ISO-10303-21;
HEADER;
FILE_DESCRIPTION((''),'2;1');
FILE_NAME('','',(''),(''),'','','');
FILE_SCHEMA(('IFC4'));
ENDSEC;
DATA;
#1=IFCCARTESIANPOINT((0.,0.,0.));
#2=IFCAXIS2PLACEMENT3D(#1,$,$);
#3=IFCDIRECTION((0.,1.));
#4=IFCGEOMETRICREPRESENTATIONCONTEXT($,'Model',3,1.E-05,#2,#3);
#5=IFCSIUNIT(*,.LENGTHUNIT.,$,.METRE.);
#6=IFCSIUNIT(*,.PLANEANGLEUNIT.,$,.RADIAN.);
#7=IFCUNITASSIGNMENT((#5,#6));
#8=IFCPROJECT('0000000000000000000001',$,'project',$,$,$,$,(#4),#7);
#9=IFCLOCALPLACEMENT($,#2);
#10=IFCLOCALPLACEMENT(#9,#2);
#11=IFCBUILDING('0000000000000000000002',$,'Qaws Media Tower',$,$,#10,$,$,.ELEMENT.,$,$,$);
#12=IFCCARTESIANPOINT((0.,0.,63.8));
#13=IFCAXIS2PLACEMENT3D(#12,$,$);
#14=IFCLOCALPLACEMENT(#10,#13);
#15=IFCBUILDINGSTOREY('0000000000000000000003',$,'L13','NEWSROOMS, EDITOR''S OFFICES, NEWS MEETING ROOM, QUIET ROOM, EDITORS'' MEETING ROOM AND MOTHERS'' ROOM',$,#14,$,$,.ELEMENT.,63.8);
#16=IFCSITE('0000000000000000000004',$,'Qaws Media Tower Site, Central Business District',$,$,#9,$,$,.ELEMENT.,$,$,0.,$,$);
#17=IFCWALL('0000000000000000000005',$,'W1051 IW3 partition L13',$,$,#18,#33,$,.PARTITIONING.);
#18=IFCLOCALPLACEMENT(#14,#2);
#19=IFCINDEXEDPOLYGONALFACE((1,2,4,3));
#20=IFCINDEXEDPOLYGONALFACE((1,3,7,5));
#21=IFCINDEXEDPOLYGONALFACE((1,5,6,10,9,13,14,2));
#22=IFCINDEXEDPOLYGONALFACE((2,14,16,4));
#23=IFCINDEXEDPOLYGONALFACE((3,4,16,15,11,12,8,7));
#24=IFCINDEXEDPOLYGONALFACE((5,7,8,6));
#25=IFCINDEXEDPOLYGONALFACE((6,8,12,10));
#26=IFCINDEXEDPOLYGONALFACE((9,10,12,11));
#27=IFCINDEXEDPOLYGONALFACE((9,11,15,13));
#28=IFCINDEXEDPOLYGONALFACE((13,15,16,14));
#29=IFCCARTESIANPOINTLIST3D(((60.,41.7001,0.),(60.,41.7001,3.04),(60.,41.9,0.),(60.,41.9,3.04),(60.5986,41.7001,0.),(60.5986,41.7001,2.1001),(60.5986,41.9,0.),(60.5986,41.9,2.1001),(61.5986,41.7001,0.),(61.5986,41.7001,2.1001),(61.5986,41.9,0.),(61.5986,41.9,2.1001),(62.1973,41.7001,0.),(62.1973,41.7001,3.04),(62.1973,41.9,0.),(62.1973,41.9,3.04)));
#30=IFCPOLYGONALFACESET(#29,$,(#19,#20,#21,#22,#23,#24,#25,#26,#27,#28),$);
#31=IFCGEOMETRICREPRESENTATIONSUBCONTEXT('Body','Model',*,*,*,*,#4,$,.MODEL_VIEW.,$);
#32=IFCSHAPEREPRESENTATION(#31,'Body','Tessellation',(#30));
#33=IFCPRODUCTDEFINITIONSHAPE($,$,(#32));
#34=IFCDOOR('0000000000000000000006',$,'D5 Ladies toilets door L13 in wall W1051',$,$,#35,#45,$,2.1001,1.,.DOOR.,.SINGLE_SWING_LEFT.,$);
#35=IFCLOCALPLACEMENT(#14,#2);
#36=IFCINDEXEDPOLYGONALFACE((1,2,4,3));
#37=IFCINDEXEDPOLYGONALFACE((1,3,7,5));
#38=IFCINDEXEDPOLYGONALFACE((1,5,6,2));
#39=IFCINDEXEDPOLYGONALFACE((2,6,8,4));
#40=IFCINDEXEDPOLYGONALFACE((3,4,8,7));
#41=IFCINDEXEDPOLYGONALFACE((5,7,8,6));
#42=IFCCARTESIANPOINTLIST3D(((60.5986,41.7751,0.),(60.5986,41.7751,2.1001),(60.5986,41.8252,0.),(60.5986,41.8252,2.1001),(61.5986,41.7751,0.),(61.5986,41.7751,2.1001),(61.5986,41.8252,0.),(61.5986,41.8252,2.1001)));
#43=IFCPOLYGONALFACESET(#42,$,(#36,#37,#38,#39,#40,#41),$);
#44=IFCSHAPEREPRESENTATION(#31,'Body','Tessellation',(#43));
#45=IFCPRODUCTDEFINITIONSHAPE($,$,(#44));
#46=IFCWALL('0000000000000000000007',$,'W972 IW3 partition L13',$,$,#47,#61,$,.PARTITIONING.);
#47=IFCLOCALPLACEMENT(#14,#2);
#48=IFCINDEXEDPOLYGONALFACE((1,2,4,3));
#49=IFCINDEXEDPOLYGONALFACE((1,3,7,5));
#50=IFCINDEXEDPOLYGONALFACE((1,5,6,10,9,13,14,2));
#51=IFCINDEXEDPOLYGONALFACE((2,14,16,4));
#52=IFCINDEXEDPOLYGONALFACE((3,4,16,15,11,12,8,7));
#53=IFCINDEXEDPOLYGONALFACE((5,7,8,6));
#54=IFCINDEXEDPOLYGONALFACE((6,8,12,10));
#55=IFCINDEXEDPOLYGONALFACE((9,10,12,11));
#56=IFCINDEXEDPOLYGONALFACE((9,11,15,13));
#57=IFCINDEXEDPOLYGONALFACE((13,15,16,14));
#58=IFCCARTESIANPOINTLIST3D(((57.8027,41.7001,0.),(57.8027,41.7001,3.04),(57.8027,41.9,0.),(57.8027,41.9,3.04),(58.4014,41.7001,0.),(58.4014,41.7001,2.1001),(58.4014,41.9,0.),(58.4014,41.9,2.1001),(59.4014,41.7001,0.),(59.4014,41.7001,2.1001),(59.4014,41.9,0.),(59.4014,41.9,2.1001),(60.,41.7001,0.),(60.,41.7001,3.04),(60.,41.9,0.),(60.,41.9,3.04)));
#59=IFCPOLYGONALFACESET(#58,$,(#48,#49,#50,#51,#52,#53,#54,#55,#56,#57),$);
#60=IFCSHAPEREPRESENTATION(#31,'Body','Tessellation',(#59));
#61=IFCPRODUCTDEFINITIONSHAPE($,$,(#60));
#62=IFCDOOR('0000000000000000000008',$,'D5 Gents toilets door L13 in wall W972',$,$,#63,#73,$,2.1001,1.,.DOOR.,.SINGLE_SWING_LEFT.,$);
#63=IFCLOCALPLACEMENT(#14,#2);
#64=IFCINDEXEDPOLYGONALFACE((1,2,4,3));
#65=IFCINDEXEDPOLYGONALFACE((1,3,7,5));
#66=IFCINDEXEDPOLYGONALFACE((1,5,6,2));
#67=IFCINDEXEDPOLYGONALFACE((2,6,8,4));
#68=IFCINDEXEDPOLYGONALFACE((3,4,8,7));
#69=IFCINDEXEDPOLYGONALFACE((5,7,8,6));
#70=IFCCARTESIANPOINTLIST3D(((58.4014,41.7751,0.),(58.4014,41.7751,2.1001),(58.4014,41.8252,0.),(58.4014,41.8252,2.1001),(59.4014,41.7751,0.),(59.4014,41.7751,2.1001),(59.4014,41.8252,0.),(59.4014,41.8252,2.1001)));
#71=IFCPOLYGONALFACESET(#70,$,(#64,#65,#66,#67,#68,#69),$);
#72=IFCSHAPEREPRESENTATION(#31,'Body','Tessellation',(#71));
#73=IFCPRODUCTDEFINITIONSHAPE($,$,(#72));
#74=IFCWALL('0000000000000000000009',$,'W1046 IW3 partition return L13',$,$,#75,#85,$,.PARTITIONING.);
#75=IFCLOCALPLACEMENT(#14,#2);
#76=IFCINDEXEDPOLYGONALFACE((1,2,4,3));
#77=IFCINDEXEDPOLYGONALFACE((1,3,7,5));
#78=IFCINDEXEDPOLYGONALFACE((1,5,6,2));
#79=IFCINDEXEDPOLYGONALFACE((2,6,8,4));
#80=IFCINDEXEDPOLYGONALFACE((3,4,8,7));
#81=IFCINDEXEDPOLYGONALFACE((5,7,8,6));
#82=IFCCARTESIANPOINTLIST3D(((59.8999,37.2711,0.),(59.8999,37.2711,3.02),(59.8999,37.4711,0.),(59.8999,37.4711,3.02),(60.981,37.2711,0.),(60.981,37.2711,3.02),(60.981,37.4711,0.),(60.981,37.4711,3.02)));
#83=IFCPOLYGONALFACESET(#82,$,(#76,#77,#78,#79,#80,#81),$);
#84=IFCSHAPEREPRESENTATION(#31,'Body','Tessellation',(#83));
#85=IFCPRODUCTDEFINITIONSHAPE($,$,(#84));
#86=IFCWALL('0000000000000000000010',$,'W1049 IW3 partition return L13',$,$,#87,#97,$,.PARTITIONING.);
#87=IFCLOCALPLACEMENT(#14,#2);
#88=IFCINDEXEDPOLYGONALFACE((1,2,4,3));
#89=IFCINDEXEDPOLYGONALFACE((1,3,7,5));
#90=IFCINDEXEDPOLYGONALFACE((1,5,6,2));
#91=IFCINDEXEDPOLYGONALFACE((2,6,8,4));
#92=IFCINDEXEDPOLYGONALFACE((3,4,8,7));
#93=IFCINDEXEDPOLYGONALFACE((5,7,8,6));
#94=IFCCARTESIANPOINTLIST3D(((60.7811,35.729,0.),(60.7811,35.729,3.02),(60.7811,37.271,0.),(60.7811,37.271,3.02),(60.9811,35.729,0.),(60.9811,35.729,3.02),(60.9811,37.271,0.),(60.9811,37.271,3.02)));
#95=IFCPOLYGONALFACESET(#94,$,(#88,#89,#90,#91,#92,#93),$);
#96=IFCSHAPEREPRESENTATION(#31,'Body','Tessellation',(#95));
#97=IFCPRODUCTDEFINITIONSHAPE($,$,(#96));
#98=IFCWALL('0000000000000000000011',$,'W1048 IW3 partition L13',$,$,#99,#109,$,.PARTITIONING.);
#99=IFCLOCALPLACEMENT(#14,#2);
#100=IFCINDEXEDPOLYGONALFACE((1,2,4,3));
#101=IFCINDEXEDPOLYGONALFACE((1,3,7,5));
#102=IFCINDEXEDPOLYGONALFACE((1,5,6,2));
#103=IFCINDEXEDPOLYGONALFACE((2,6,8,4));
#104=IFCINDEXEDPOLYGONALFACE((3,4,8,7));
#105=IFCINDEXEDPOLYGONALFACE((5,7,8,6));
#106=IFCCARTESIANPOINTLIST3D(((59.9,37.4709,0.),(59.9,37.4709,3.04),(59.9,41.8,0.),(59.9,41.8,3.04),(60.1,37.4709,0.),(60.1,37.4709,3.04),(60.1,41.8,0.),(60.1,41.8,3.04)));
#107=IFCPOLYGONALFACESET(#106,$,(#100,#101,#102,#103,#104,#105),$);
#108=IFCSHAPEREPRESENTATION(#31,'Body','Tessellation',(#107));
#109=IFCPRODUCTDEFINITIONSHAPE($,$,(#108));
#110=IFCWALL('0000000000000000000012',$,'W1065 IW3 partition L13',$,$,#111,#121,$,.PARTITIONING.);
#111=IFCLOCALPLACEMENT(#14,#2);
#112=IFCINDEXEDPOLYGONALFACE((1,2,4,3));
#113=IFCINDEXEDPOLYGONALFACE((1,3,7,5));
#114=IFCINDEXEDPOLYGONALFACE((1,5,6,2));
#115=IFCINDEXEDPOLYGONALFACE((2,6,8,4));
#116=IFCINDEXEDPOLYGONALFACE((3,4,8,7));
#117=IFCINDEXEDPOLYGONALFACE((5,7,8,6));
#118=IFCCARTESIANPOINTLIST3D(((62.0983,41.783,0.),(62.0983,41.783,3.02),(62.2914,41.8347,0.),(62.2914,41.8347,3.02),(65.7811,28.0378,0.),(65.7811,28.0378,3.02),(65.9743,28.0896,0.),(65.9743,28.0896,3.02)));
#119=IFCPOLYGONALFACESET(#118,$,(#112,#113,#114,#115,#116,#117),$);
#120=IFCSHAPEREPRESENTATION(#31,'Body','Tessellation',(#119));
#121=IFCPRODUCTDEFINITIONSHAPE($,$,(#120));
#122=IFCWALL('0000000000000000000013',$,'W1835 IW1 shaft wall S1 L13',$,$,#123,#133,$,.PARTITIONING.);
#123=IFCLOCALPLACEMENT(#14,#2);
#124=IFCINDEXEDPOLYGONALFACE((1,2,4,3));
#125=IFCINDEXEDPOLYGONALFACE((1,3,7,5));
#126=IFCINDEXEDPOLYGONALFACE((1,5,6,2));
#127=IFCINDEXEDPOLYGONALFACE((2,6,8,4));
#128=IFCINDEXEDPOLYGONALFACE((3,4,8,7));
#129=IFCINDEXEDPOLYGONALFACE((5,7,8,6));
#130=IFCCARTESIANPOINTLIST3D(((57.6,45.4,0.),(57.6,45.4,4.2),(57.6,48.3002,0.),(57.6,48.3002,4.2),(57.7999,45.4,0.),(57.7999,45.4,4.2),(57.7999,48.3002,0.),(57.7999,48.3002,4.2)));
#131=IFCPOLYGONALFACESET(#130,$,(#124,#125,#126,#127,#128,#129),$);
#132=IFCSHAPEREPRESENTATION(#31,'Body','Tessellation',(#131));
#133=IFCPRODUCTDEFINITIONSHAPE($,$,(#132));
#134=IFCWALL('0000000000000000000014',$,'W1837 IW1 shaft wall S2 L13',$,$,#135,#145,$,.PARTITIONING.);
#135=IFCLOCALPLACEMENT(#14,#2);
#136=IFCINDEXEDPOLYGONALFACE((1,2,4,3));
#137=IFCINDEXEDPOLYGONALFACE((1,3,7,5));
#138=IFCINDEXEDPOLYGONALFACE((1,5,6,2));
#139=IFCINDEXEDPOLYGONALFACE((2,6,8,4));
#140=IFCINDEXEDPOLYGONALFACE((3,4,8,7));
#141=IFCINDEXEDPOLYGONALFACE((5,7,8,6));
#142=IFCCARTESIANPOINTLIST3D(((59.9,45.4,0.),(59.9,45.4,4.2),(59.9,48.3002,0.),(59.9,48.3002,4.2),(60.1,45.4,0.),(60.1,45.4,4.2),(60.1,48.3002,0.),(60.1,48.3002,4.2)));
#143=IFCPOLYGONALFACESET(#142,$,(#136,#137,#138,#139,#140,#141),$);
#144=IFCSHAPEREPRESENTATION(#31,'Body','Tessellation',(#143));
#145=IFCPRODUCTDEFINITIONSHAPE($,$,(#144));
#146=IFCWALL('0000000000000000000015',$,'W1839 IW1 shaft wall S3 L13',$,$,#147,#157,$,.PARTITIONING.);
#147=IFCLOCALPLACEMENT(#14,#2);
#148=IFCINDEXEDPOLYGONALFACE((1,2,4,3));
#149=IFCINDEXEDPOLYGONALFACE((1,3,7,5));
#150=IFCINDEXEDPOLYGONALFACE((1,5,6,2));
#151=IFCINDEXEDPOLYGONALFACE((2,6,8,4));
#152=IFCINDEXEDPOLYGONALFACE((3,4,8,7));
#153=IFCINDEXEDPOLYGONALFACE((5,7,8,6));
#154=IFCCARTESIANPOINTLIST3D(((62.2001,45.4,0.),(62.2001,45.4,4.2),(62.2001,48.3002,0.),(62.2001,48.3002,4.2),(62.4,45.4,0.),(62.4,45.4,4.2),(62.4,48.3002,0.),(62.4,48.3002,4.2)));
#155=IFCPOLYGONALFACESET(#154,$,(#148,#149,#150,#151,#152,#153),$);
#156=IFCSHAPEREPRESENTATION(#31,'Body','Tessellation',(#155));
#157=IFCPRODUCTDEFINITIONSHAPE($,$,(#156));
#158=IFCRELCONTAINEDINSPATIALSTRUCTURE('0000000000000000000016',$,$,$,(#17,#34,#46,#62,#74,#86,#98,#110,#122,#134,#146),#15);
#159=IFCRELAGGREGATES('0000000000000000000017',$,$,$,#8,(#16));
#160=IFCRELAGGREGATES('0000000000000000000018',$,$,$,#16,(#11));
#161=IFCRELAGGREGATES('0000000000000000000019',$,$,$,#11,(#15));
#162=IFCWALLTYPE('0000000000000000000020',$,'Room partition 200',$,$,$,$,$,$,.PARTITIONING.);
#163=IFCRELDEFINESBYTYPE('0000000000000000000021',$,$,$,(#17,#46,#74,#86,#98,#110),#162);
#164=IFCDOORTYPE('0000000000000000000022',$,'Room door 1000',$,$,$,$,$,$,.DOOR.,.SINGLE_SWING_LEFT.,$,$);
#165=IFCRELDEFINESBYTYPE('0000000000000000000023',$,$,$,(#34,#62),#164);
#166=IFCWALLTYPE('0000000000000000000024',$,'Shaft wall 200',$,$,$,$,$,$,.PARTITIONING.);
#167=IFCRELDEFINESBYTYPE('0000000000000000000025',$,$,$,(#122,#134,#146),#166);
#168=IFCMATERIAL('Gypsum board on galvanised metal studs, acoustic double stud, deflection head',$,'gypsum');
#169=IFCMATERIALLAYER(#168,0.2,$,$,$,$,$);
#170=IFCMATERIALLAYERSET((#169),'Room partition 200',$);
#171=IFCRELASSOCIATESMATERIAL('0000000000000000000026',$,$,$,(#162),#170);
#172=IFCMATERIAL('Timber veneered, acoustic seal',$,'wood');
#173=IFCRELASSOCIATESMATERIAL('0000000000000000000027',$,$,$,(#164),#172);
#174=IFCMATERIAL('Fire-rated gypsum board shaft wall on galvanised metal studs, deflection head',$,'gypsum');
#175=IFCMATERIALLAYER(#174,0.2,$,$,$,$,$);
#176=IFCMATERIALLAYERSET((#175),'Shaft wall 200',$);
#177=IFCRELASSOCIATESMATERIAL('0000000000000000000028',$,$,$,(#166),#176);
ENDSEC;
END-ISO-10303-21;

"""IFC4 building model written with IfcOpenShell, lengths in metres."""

from ifc_helpers import new_model, si_unit, direction, frame, frame_2d, origin, place, context, subcontext, project, spatial, rectangle, extrude, material, layer, layer_set, type_object, element, fill, save


model = new_model("IFC4")

# Units and contexts
model_context = context("Model", 3, precision=1e-05, world=origin(), true_north=direction((0.0, 1.0)))
body_context = subcontext(model_context, "Body", "Model", "MODEL_VIEW")
ifc_project = project(units=[si_unit("LENGTHUNIT", "METRE"), si_unit("PLANEANGLEUNIT", "RADIAN")], contexts=[model_context])

# Site, building, storey
site_placement = place(None, origin())
site = spatial("IfcSite", under=ifc_project, at=site_placement, Name="Qaws Media Tower Site, Central Business District", CompositionType="ELEMENT", RefElevation=0.0)
building_placement = place(site_placement, origin())
building = spatial("IfcBuilding", under=site, at=building_placement, Name="Qaws Media Tower", CompositionType="ELEMENT")
storey_placement = place(building_placement, frame((0.0, 0.0, 63.8)))
storey = spatial("IfcBuildingStorey", under=building, at=storey_placement, Name="L13", Description="NEWSROOMS, EDITOR'S OFFICES, NEWS MEETING ROOM, QUIET ROOM, EDITORS' MEETING ROOM AND MOTHERS' ROOM", CompositionType="ELEMENT", Elevation=63.8)

# Walls, openings, doors
ifc_material_1 = material(Name="Gypsum board on galvanised metal studs, acoustic double stud, deflection head", Category="gypsum")
ifc_layer_1 = layer(ifc_material_1, 0.2)
ifc_layer_set_1 = layer_set([ifc_layer_1], Name="Room partition 200")
wall_type_1 = type_object("IfcWallType", Name="Room partition 200", PredefinedType="PARTITIONING", material=ifc_layer_set_1)
wall_1_placement = place(storey_placement, frame((62.1973, 41.8, 0.0), z_axis=(0.0, 0.0, 1.0), x_axis=(-1.0, 0.0, 0.0)))
wall_1 = element("IfcWall", 1, at=wall_1_placement, inside=storey, type_object=wall_type_1, Name="W1051 IW3 partition L13", PredefinedType="PARTITIONING", context=body_context, shape_type="SweptSolid", body=[
    extrude(rectangle(XDim=2.1973, YDim=0.2, at=frame_2d((1.0986, 0.0))), origin(), (0.0, 0.0, 1.0), 3.04),
])
opening_1_placement = place(wall_1_placement, frame((0.5986, 0.0, 0.0)))
opening_1 = element("IfcOpeningElement", 2, at=opening_1_placement, cuts=wall_1, PredefinedType="OPENING", context=body_context, shape_type="SweptSolid", body=[
    extrude(rectangle(XDim=1.0, YDim=2.1001, at=frame_2d((0.5, 1.05))), frame((0.0, 0.1099, 0.0), z_axis=(0.0, -1.0, 0.0), x_axis=(1.0, 0.0, 0.0)), (0.0, 0.0, 1.0), 0.22),
])
ifc_material_2 = material(Name="Timber veneered, acoustic seal", Category="wood")
door_type_1 = type_object("IfcDoorType", Name="Room door 1000", OperationType="SINGLE_SWING_LEFT", PredefinedType="DOOR", material=ifc_material_2)
door_1_placement = place(opening_1_placement, origin())
door_1 = element("IfcDoor", 3, at=door_1_placement, inside=storey, type_object=door_type_1, Name="D5 Ladies toilets door L13 in wall W1051", OperationType="SINGLE_SWING_LEFT", OverallHeight=2.1001, OverallWidth=1.0, PredefinedType="DOOR", context=body_context, shape_type="SweptSolid", body=[
    extrude(rectangle(XDim=1.0, YDim=2.1001, at=frame_2d((0.5, 1.05))), frame((0.0, 0.0249, 0.0), z_axis=(0.0, -1.0, 0.0), x_axis=(1.0, 0.0, 0.0)), (0.0, 0.0, 1.0), 0.05),
])
fill(opening_1, door_1)
wall_2_placement = place(storey_placement, frame((60.0, 41.8, 0.0), z_axis=(0.0, 0.0, 1.0), x_axis=(-1.0, 0.0, 0.0)))
wall_2 = element("IfcWall", 4, at=wall_2_placement, inside=storey, type_object=wall_type_1, Name="W972 IW3 partition L13", PredefinedType="PARTITIONING", context=body_context, shape_type="SweptSolid", body=[
    extrude(rectangle(XDim=2.1973, YDim=0.2, at=frame_2d((1.0986, 0.0))), origin(), (0.0, 0.0, 1.0), 3.04),
])
opening_2_placement = place(wall_2_placement, frame((0.5986, 0.0, 0.0)))
opening_2 = element("IfcOpeningElement", 5, at=opening_2_placement, cuts=wall_2, PredefinedType="OPENING", context=body_context, shape_type="SweptSolid", body=[
    extrude(rectangle(XDim=1.0, YDim=2.1001, at=frame_2d((0.5, 1.05))), frame((0.0, 0.1099, 0.0), z_axis=(0.0, -1.0, 0.0), x_axis=(1.0, 0.0, 0.0)), (0.0, 0.0, 1.0), 0.22),
])
door_2_placement = place(opening_2_placement, origin())
door_2 = element("IfcDoor", 6, at=door_2_placement, inside=storey, type_object=door_type_1, Name="D5 Gents toilets door L13 in wall W972", OperationType="SINGLE_SWING_LEFT", OverallHeight=2.1001, OverallWidth=1.0, PredefinedType="DOOR", context=body_context, shape_type="SweptSolid", body=[
    extrude(rectangle(XDim=1.0, YDim=2.1001, at=frame_2d((0.5, 1.05))), frame((0.0, 0.0249, 0.0), z_axis=(0.0, -1.0, 0.0), x_axis=(1.0, 0.0, 0.0)), (0.0, 0.0, 1.0), 0.05),
])
fill(opening_2, door_2)

# Walls
wall_3_placement = place(storey_placement, frame((59.8999, 37.3711, 0.0), z_axis=(0.0, 0.0, 1.0), x_axis=(1.0, 0.0, 0.0)))
element("IfcWall", 7, at=wall_3_placement, inside=storey, type_object=wall_type_1, Name="W1046 IW3 partition return L13", PredefinedType="PARTITIONING", context=body_context, shape_type="SweptSolid", body=[
    extrude(rectangle(XDim=1.0811, YDim=0.2, at=frame_2d((0.5405, 0.0))), origin(), (0.0, 0.0, 1.0), 3.02),
])
wall_4_placement = place(storey_placement, frame((60.8811, 37.271, 0.0), z_axis=(0.0, 0.0, 1.0), x_axis=(0.0, -1.0, 0.0)))
element("IfcWall", 8, at=wall_4_placement, inside=storey, type_object=wall_type_1, Name="W1049 IW3 partition return L13", PredefinedType="PARTITIONING", context=body_context, shape_type="SweptSolid", body=[
    extrude(rectangle(XDim=1.542, YDim=0.2, at=frame_2d((0.771, 0.0))), origin(), (0.0, 0.0, 1.0), 3.02),
])
wall_5_placement = place(storey_placement, frame((60.0, 41.8, 0.0), z_axis=(0.0, 0.0, 1.0), x_axis=(0.0, -1.0, 0.0)))
element("IfcWall", 9, at=wall_5_placement, inside=storey, type_object=wall_type_1, Name="W1048 IW3 partition L13", PredefinedType="PARTITIONING", context=body_context, shape_type="SweptSolid", body=[
    extrude(rectangle(XDim=4.3291, YDim=0.2, at=frame_2d((2.1646, 0.0))), origin(), (0.0, 0.0, 1.0), 3.04),
])
wall_6_placement = place(storey_placement, frame((62.1948, 41.8088, 0.0), z_axis=(0.0, 0.0, 1.0), x_axis=(0.25881, -0.965928, 0.0)))
element("IfcWall", 10, at=wall_6_placement, inside=storey, type_object=wall_type_1, Name="W1065 IW3 partition L13", PredefinedType="PARTITIONING", context=body_context, shape_type="SweptSolid", body=[
    extrude(rectangle(XDim=14.23, YDim=0.2, at=frame_2d((7.115, 0.0))), origin(), (0.0, 0.0, 1.0), 3.02),
])
ifc_material_3 = material(Name="Fire-rated gypsum board shaft wall on galvanised metal studs, deflection head", Category="gypsum")
ifc_layer_2 = layer(ifc_material_3, 0.2)
ifc_layer_set_2 = layer_set([ifc_layer_2], Name="Shaft wall 200")
wall_type_2 = type_object("IfcWallType", Name="Shaft wall 200", PredefinedType="PARTITIONING", material=ifc_layer_set_2)
for number, where, z_axis, x_axis, name in (
    (11, (57.7, 45.3999, 0.0), (0.0, 0.0, 1.0), (0.0, 1.0, 0.0), "W1835 IW1 shaft wall S1 L13"),
    (12, (60.0, 45.3999, 0.0), (0.0, 0.0, 1.0), (0.0, 1.0, 0.0), "W1837 IW1 shaft wall S2 L13"),
    (13, (62.3, 45.3999, 0.0), (0.0, 0.0, 1.0), (0.0, 1.0, 0.0), "W1839 IW1 shaft wall S3 L13"),
):
    element("IfcWall", number, at=place(storey_placement, frame(where, z_axis=z_axis, x_axis=x_axis)), inside=storey, type_object=wall_type_2, Name=name, PredefinedType="PARTITIONING", context=body_context, shape_type="SweptSolid", body=[
        extrude(rectangle(XDim=2.9001, YDim=0.2, at=frame_2d((1.4502, 0.0))), origin(), (0.0, 0.0, 1.0), 4.2),
    ])

save(model, "model.ifc")
